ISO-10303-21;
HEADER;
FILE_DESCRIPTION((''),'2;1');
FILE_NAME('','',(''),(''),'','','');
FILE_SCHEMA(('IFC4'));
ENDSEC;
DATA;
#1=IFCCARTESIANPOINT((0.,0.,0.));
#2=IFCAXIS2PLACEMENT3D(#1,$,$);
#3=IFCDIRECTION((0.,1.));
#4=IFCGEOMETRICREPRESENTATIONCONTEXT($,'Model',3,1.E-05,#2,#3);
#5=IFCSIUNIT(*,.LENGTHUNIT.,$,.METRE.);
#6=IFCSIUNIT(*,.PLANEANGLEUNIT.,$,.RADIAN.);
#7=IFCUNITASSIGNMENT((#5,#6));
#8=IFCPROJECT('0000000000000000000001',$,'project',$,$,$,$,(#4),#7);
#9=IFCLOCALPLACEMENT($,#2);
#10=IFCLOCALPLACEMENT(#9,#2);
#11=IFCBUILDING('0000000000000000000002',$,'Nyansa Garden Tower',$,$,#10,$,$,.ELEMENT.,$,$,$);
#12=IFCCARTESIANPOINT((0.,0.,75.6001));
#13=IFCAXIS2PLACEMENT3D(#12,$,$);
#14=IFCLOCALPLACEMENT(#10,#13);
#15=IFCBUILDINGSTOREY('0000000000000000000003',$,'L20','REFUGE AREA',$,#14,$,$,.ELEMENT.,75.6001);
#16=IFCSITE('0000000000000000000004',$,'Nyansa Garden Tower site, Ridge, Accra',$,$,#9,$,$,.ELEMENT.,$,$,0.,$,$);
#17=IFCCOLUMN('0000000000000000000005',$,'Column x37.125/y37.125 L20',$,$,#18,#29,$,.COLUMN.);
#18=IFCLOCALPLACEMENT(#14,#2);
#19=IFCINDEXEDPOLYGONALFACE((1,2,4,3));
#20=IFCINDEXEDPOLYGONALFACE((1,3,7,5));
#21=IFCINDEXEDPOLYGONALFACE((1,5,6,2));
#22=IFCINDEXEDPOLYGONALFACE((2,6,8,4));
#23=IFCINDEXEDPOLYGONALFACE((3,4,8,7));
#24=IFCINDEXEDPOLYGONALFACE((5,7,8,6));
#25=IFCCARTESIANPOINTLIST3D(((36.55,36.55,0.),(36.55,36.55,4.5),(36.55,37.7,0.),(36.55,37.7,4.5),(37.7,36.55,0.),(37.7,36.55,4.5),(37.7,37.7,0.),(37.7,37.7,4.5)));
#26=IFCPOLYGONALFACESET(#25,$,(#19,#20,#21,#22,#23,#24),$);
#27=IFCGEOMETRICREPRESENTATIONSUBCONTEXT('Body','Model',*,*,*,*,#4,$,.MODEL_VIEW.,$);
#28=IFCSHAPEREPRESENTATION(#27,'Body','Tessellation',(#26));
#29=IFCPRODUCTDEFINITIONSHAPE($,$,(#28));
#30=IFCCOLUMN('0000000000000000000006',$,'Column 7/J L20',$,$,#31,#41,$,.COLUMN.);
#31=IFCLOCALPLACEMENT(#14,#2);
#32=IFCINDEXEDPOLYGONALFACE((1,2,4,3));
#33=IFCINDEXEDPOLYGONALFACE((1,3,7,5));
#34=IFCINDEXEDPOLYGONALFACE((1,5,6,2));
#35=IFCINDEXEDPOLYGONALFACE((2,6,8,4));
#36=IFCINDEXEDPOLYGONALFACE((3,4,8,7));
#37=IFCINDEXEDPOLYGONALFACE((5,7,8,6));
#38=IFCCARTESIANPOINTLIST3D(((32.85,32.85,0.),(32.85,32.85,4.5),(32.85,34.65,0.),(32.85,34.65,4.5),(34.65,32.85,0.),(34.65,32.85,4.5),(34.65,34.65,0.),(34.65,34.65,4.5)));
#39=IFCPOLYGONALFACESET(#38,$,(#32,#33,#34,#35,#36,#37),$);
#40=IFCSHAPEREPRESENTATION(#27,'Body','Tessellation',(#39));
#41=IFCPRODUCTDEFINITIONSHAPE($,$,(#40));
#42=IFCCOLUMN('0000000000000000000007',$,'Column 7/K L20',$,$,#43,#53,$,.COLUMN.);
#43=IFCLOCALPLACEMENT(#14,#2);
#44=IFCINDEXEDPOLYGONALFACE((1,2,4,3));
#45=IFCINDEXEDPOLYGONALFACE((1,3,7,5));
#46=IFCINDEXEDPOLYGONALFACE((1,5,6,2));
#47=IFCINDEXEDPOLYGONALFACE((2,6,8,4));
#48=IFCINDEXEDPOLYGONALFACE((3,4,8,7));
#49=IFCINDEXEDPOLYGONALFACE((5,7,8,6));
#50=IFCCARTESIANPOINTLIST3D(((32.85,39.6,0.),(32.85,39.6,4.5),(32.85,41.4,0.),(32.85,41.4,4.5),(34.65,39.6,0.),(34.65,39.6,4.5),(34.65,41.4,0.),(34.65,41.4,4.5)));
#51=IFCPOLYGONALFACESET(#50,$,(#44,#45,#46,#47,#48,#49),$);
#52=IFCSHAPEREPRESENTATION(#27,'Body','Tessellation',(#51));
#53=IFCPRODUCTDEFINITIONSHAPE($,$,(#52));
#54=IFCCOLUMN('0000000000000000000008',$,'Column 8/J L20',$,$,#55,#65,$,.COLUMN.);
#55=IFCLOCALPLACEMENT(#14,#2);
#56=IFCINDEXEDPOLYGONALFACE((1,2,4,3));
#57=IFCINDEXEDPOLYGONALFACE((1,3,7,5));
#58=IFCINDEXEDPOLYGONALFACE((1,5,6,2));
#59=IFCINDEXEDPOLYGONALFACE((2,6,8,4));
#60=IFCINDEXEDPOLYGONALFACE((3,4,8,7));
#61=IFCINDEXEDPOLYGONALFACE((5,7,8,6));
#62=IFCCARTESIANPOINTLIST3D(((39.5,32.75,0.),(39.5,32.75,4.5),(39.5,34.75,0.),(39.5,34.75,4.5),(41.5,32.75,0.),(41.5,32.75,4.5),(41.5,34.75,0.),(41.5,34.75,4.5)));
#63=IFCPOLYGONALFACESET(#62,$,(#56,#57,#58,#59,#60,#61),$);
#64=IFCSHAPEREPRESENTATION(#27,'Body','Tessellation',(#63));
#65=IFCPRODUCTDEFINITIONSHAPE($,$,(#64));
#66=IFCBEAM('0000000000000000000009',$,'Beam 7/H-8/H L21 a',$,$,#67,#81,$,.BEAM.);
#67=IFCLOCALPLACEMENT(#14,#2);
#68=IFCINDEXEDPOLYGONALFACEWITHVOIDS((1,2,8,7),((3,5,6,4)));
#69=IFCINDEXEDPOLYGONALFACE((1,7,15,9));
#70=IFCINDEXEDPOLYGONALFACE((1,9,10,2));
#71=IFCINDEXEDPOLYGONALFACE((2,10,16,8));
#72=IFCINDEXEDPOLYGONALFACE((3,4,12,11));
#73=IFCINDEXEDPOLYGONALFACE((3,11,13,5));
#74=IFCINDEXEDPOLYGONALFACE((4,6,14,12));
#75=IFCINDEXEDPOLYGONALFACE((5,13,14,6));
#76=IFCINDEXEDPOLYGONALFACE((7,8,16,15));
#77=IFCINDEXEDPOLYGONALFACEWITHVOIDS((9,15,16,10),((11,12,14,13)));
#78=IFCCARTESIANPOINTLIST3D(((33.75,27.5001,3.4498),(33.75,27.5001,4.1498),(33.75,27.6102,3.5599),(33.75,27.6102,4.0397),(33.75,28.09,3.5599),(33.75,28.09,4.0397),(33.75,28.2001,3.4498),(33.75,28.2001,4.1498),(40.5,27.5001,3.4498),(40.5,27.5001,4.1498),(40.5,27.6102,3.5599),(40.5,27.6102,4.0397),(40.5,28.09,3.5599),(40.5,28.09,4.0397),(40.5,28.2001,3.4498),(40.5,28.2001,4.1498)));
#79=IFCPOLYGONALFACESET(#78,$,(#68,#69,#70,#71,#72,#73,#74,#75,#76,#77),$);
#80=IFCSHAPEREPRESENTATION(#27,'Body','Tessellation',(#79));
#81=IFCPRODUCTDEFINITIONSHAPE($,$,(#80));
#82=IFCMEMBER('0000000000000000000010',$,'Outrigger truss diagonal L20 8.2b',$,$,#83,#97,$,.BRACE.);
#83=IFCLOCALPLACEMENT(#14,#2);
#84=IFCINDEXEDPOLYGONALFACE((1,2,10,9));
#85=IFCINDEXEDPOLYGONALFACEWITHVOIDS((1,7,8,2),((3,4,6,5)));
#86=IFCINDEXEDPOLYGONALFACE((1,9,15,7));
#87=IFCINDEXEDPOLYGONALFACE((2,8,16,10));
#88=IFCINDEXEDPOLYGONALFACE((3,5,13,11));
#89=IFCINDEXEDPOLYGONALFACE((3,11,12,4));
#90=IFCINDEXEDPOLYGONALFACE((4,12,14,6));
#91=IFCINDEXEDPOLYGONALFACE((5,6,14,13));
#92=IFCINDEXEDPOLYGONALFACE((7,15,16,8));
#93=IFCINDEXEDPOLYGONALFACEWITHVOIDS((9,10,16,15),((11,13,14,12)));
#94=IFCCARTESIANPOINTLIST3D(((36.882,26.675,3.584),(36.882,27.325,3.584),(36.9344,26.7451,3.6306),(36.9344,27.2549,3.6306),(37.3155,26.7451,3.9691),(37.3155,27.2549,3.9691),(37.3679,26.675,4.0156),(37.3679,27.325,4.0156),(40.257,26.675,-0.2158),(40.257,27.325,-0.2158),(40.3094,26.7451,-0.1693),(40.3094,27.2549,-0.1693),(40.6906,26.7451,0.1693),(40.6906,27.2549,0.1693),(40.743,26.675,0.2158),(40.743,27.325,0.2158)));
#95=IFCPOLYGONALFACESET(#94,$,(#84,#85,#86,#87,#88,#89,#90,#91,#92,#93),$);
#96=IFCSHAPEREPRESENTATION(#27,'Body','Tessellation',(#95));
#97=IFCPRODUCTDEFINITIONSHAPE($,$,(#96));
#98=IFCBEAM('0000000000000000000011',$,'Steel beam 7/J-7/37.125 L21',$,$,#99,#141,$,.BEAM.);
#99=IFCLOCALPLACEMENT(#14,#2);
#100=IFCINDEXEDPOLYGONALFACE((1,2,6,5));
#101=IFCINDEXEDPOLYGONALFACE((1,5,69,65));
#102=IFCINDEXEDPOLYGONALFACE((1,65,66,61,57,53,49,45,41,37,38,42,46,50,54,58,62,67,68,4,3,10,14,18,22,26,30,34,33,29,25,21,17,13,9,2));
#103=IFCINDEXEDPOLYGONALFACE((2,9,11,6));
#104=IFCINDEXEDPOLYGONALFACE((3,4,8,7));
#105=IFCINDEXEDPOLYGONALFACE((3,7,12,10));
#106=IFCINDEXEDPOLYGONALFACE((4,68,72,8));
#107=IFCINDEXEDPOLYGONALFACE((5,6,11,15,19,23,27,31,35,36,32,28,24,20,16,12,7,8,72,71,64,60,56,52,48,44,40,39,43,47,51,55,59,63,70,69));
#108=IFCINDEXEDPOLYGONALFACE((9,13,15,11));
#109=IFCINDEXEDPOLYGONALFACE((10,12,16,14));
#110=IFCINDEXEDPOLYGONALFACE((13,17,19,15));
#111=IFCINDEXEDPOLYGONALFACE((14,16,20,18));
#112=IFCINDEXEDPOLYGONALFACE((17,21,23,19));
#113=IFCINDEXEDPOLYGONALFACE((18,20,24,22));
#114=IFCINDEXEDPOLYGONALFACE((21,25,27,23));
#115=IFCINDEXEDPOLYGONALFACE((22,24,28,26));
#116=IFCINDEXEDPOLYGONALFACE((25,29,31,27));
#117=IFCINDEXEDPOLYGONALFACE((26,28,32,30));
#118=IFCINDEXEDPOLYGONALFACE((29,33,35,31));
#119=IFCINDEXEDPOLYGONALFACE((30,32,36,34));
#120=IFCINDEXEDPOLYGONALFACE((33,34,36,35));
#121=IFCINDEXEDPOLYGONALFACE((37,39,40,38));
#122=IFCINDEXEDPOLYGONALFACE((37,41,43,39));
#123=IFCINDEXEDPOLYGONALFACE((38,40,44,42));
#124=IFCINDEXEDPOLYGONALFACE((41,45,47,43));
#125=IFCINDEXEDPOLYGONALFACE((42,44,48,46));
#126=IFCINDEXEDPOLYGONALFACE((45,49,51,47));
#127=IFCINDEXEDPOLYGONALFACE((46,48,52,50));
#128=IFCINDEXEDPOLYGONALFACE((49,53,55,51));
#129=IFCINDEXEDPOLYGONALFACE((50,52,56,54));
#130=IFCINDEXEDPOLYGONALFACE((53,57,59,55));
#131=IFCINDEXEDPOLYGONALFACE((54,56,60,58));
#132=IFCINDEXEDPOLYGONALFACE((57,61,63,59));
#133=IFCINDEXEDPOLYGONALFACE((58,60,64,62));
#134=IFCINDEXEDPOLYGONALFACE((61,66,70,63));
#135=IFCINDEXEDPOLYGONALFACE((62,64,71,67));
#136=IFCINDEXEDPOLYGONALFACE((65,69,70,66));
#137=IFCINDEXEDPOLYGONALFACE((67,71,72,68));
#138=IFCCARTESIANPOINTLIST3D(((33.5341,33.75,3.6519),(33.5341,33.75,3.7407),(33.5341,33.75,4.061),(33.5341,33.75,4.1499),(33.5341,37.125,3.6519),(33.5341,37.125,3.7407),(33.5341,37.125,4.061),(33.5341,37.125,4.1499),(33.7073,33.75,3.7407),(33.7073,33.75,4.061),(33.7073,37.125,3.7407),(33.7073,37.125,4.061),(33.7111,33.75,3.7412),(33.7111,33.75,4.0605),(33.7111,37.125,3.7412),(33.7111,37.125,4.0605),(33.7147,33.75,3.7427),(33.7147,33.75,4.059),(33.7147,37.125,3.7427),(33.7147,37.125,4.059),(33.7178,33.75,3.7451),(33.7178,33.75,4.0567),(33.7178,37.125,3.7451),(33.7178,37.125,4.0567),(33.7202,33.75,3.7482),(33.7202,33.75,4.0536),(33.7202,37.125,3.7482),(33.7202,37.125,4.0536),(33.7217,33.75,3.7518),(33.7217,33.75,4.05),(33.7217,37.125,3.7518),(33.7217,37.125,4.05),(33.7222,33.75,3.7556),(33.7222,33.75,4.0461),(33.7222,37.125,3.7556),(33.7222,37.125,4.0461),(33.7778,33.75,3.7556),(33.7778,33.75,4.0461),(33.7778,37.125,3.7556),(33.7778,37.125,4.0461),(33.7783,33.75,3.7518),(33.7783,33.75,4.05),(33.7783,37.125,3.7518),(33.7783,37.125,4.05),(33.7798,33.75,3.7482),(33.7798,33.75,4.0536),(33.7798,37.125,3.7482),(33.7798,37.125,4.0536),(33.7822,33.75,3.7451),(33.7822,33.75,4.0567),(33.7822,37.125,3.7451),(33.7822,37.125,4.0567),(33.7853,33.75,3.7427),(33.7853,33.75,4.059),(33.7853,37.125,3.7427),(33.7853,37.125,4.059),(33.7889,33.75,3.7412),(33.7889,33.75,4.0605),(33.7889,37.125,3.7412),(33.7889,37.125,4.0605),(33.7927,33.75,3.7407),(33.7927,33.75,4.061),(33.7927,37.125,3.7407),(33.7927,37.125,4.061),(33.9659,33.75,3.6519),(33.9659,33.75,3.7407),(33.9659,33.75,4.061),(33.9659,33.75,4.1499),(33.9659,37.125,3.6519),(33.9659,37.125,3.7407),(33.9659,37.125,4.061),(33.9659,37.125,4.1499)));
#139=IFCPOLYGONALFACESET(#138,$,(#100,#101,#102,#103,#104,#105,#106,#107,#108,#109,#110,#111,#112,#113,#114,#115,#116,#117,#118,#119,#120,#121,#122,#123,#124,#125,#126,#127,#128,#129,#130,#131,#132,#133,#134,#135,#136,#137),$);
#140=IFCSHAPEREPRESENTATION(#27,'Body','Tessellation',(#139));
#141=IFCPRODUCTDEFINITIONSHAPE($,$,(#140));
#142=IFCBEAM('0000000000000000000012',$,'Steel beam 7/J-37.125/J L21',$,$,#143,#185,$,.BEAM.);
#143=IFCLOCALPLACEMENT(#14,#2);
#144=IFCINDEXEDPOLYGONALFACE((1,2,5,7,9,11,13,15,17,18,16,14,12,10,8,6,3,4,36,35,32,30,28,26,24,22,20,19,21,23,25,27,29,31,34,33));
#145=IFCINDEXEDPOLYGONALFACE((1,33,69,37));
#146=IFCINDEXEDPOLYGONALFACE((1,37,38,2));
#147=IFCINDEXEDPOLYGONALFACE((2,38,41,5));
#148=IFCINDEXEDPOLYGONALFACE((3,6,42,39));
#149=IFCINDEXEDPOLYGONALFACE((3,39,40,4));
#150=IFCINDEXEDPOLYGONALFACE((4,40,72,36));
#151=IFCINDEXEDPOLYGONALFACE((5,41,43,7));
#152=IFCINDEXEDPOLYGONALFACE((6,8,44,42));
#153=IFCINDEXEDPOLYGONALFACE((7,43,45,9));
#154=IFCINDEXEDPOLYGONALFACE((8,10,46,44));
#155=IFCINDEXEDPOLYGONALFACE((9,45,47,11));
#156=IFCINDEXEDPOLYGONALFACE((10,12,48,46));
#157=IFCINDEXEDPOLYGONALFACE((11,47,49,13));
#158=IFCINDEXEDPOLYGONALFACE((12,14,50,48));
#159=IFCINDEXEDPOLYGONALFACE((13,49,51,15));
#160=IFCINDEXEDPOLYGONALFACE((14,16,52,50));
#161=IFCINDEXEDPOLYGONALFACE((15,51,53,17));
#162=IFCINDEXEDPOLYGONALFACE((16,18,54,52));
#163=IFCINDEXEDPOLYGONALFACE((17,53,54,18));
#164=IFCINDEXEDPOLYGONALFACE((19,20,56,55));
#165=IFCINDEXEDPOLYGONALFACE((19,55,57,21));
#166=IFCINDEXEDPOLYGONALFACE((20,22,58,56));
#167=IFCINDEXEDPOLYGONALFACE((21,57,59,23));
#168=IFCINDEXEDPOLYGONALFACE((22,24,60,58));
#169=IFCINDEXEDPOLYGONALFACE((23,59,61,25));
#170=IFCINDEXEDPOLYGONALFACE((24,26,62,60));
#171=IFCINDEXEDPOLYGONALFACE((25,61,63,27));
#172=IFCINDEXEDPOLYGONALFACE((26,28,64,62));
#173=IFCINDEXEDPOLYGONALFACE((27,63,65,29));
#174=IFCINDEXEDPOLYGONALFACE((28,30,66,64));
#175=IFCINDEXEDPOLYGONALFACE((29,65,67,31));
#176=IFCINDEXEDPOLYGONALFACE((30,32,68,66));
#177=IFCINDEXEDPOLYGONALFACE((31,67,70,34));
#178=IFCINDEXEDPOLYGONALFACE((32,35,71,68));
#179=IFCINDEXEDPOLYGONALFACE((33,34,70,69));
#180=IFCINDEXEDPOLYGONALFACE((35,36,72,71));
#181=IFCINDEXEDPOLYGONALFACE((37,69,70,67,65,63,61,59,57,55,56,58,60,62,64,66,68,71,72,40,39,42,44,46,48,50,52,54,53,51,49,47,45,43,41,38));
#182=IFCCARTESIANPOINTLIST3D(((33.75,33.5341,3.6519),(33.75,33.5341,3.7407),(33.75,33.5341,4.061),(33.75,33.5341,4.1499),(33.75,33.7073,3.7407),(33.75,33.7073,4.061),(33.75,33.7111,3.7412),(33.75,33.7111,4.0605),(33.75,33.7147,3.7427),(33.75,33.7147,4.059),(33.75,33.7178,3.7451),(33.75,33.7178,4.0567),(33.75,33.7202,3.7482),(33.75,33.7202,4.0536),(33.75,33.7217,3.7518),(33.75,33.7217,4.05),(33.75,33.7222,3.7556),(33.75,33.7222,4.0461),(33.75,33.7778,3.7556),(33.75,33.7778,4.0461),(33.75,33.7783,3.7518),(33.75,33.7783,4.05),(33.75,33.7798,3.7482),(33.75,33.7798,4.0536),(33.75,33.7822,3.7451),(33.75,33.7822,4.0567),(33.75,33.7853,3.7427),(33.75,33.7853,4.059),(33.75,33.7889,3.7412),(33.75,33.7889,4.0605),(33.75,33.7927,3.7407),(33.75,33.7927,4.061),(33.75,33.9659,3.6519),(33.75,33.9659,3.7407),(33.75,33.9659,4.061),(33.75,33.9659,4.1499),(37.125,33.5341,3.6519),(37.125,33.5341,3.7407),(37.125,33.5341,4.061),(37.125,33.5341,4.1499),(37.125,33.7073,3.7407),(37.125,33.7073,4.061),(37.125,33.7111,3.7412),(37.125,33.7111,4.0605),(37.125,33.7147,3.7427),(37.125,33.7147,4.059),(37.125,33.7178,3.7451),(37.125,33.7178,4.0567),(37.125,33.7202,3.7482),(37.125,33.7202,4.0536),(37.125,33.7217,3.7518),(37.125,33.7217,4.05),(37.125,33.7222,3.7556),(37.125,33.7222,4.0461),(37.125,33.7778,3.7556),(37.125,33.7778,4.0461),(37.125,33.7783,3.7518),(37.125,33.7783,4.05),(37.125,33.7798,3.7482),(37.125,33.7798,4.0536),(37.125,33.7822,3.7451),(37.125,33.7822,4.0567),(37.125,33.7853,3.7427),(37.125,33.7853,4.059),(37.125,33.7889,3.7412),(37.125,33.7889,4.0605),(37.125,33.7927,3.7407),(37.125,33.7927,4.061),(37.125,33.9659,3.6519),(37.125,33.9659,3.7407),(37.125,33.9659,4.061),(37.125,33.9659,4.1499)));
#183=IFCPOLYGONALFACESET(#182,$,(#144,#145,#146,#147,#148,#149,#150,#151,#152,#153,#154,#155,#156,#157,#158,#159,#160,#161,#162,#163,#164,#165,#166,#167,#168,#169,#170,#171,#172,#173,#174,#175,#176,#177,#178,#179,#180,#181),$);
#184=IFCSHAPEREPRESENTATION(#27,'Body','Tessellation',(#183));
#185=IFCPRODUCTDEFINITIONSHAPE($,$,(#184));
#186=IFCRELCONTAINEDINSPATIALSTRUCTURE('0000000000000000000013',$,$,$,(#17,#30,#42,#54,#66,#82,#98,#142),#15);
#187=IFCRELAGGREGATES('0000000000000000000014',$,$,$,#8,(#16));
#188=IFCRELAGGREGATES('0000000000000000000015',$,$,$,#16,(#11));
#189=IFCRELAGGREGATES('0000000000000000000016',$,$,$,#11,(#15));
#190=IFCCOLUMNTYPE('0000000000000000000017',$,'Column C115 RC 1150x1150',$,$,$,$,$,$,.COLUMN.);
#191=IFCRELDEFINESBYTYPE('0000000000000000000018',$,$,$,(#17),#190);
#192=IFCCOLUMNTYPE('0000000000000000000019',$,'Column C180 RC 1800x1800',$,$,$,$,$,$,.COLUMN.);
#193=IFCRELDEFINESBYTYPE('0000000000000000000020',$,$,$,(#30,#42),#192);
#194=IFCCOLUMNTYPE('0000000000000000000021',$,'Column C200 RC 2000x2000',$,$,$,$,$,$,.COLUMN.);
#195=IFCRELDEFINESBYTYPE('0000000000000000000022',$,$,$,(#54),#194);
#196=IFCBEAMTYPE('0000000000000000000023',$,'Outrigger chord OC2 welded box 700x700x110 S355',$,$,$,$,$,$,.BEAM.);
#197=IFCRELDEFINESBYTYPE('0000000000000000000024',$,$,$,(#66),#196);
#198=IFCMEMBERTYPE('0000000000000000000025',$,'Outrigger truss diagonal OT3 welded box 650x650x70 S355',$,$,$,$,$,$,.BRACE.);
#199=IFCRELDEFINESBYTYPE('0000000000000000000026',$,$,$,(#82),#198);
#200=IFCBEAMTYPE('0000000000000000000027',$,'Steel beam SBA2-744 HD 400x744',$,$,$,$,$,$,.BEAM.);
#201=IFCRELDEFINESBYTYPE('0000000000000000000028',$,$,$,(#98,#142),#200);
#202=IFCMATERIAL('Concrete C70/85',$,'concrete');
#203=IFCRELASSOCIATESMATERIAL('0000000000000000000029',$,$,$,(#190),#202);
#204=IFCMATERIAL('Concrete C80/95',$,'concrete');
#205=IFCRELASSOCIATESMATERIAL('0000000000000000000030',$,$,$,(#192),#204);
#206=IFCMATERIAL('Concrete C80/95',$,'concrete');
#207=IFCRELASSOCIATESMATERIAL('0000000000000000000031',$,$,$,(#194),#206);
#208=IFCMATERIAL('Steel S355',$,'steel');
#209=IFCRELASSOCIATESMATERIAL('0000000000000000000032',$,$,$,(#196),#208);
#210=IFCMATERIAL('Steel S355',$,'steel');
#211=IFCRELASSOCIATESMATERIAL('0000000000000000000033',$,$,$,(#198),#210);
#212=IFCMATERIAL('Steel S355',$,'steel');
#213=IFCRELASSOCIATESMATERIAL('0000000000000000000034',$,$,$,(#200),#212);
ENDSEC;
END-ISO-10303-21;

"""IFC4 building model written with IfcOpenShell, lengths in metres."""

from ifc_helpers import new_model, si_unit, direction, frame, origin, origin_2d, place, context, subcontext, project, spatial, rectangle, hollow_rectangle, i_section, extrude, material, material_profile, profile_set, type_object, element, save


model = new_model("IFC4")

# Units and contexts
model_context = context("Model", 3, precision=1e-05, world=origin(), true_north=direction((0.0, 1.0)))
body_context = subcontext(model_context, "Body", "Model", "MODEL_VIEW")
ifc_project = project(units=[si_unit("LENGTHUNIT", "METRE"), si_unit("PLANEANGLEUNIT", "RADIAN")], contexts=[model_context])

# Site, building, storey
site_placement = place(None, origin())
site = spatial("IfcSite", under=ifc_project, at=site_placement, Name="Nyansa Garden Tower site, Ridge, Accra", CompositionType="ELEMENT", RefElevation=0.0)
building_placement = place(site_placement, origin())
building = spatial("IfcBuilding", under=site, at=building_placement, Name="Nyansa Garden Tower", CompositionType="ELEMENT")
storey_placement = place(building_placement, frame((0.0, 0.0, 75.6001)))
storey = spatial("IfcBuildingStorey", under=building, at=storey_placement, Name="L20", Description="REFUGE AREA", CompositionType="ELEMENT", Elevation=75.6001)

# Columns
ifc_material_1 = material(Name="Concrete C70/85", Category="concrete")
ifc_material_profile_1 = material_profile(ifc_material_1, rectangle(XDim=1.1499, YDim=1.1499, at=origin_2d()), Name="RC 1150x1150")
ifc_profile_set_1 = profile_set([ifc_material_profile_1], Name="Concrete C70/85")
column_type_1 = type_object("IfcColumnType", Name="Column C115 RC 1150x1150", PredefinedType="COLUMN", material=ifc_profile_set_1)
column_1_placement = place(storey_placement, frame((37.125, 37.125, 0.0), z_axis=(0.0, 0.0, 1.0), x_axis=(1.0, 0.0, 0.0)))
element("IfcColumn", 1, at=column_1_placement, inside=storey, type_object=column_type_1, Name="Column x37.125/y37.125 L20", PredefinedType="COLUMN", context=body_context, shape_type="SweptSolid", body=[
    extrude(rectangle(XDim=1.1499, YDim=1.1499, at=origin_2d()), origin(), (0.0, 0.0, 1.0), 4.5),
])
ifc_material_2 = material(Name="Concrete C80/95", Category="concrete")
ifc_material_profile_2 = material_profile(ifc_material_2, rectangle(XDim=1.8, YDim=1.8, at=origin_2d()), Name="RC 1800x1800")
ifc_profile_set_2 = profile_set([ifc_material_profile_2], Name="Concrete C80/95")
column_type_2 = type_object("IfcColumnType", Name="Column C180 RC 1800x1800", PredefinedType="COLUMN", material=ifc_profile_set_2)
for number, where, z_axis, x_axis, name in (
    (2, (33.75, 33.75, 0.0), (0.0, 0.0, 1.0), (1.0, 0.0, 0.0), "Column 7/J L20"),
    (3, (33.75, 40.5, 0.0), (0.0, 0.0, 1.0), (1.0, 0.0, 0.0), "Column 7/K L20"),
):
    element("IfcColumn", number, at=place(storey_placement, frame(where, z_axis=z_axis, x_axis=x_axis)), inside=storey, type_object=column_type_2, Name=name, PredefinedType="COLUMN", context=body_context, shape_type="SweptSolid", body=[
        extrude(rectangle(XDim=1.8, YDim=1.8, at=origin_2d()), origin(), (0.0, 0.0, 1.0), 4.5),
    ])
ifc_material_3 = material(Name="Concrete C80/95", Category="concrete")
ifc_material_profile_3 = material_profile(ifc_material_3, rectangle(XDim=2.0, YDim=2.0, at=origin_2d()), Name="RC 2000x2000")
ifc_profile_set_3 = profile_set([ifc_material_profile_3], Name="Concrete C80/95")
column_type_3 = type_object("IfcColumnType", Name="Column C200 RC 2000x2000", PredefinedType="COLUMN", material=ifc_profile_set_3)
column_2_placement = place(storey_placement, frame((40.5, 33.75, 0.0), z_axis=(0.0, 0.0, 1.0), x_axis=(1.0, 0.0, 0.0)))
element("IfcColumn", 4, at=column_2_placement, inside=storey, type_object=column_type_3, Name="Column 8/J L20", PredefinedType="COLUMN", context=body_context, shape_type="SweptSolid", body=[
    extrude(rectangle(XDim=2.0, YDim=2.0, at=origin_2d()), origin(), (0.0, 0.0, 1.0), 4.5),
])

# Beam
ifc_material_4 = material(Name="Steel S355", Category="steel")
ifc_material_profile_4 = material_profile(ifc_material_4, hollow_rectangle(XDim=0.7, YDim=0.7, WallThickness=0.1101, at=origin_2d()), Name="Welded box 700x700x110")
ifc_profile_set_4 = profile_set([ifc_material_profile_4], Name="Steel S355")
beam_type_1 = type_object("IfcBeamType", Name="Outrigger chord OC2 welded box 700x700x110 S355", PredefinedType="BEAM", material=ifc_profile_set_4)
beam_1_placement = place(storey_placement, frame((33.75, 27.8501, 3.7998), z_axis=(1.0, 0.0, 0.0), x_axis=(0.0, 1.0, 0.0)))
element("IfcBeam", 5, at=beam_1_placement, inside=storey, type_object=beam_type_1, Name="Beam 7/H-8/H L21 a", PredefinedType="BEAM", context=body_context, shape_type="SweptSolid", body=[
    extrude(hollow_rectangle(XDim=0.7, YDim=0.7, WallThickness=0.1101, at=origin_2d()), origin(), (0.0, 0.0, 1.0), 6.75),
])

# Member
ifc_material_5 = material(Name="Steel S355", Category="steel")
ifc_material_profile_5 = material_profile(ifc_material_5, hollow_rectangle(XDim=0.6499, YDim=0.6499, WallThickness=0.0701, at=origin_2d()), Name="Welded box 650x650x70")
ifc_profile_set_5 = profile_set([ifc_material_profile_5], Name="Steel S355")
member_type_1 = type_object("IfcMemberType", Name="Outrigger truss diagonal OT3 welded box 650x650x70 S355", PredefinedType="BRACE", material=ifc_profile_set_5)
member_1_placement = place(storey_placement, frame((40.5, 27.0, 0.0), z_axis=(-0.664078, 0.0, 0.747664), x_axis=(0.0, -1.0, 0.0)))
element("IfcMember", 6, at=member_1_placement, inside=storey, type_object=member_type_1, Name="Outrigger truss diagonal L20 8.2b", PredefinedType="BRACE", context=body_context, shape_type="SweptSolid", body=[
    extrude(hollow_rectangle(XDim=0.6499, YDim=0.6499, WallThickness=0.0701, at=origin_2d()), origin(), (0.0, 0.0, 1.0), 5.0823),
])

# Beams
ifc_material_6 = material(Name="Steel S355", Category="steel")
ifc_material_profile_6 = material_profile(ifc_material_6, i_section(OverallWidth=0.4319, OverallDepth=0.498, WebThickness=0.0557, FlangeThickness=0.0889, FilletRadius=0.0149, at=origin_2d()), Name="HD 400x744")
ifc_profile_set_6 = profile_set([ifc_material_profile_6], Name="Steel S355")
beam_type_2 = type_object("IfcBeamType", Name="Steel beam SBA2-744 HD 400x744", PredefinedType="BEAM", material=ifc_profile_set_6)
for number, where, z_axis, x_axis, name in (
    (7, (33.75, 33.75, 3.9009), (0.0, 1.0, 0.0), (-1.0, 0.0, 0.0), "Steel beam 7/J-7/37.125 L21"),
    (8, (33.75, 33.75, 3.9009), (1.0, 0.0, 0.0), (0.0, 1.0, 0.0), "Steel beam 7/J-37.125/J L21"),
):
    element("IfcBeam", number, at=place(storey_placement, frame(where, z_axis=z_axis, x_axis=x_axis)), inside=storey, type_object=beam_type_2, Name=name, PredefinedType="BEAM", context=body_context, shape_type="SweptSolid", body=[
        extrude(i_section(OverallWidth=0.4319, OverallDepth=0.498, WebThickness=0.0557, FlangeThickness=0.0889, FilletRadius=0.0149, at=origin_2d()), origin(), (0.0, 0.0, 1.0), 3.375),
    ])

save(model, "model.ifc")
